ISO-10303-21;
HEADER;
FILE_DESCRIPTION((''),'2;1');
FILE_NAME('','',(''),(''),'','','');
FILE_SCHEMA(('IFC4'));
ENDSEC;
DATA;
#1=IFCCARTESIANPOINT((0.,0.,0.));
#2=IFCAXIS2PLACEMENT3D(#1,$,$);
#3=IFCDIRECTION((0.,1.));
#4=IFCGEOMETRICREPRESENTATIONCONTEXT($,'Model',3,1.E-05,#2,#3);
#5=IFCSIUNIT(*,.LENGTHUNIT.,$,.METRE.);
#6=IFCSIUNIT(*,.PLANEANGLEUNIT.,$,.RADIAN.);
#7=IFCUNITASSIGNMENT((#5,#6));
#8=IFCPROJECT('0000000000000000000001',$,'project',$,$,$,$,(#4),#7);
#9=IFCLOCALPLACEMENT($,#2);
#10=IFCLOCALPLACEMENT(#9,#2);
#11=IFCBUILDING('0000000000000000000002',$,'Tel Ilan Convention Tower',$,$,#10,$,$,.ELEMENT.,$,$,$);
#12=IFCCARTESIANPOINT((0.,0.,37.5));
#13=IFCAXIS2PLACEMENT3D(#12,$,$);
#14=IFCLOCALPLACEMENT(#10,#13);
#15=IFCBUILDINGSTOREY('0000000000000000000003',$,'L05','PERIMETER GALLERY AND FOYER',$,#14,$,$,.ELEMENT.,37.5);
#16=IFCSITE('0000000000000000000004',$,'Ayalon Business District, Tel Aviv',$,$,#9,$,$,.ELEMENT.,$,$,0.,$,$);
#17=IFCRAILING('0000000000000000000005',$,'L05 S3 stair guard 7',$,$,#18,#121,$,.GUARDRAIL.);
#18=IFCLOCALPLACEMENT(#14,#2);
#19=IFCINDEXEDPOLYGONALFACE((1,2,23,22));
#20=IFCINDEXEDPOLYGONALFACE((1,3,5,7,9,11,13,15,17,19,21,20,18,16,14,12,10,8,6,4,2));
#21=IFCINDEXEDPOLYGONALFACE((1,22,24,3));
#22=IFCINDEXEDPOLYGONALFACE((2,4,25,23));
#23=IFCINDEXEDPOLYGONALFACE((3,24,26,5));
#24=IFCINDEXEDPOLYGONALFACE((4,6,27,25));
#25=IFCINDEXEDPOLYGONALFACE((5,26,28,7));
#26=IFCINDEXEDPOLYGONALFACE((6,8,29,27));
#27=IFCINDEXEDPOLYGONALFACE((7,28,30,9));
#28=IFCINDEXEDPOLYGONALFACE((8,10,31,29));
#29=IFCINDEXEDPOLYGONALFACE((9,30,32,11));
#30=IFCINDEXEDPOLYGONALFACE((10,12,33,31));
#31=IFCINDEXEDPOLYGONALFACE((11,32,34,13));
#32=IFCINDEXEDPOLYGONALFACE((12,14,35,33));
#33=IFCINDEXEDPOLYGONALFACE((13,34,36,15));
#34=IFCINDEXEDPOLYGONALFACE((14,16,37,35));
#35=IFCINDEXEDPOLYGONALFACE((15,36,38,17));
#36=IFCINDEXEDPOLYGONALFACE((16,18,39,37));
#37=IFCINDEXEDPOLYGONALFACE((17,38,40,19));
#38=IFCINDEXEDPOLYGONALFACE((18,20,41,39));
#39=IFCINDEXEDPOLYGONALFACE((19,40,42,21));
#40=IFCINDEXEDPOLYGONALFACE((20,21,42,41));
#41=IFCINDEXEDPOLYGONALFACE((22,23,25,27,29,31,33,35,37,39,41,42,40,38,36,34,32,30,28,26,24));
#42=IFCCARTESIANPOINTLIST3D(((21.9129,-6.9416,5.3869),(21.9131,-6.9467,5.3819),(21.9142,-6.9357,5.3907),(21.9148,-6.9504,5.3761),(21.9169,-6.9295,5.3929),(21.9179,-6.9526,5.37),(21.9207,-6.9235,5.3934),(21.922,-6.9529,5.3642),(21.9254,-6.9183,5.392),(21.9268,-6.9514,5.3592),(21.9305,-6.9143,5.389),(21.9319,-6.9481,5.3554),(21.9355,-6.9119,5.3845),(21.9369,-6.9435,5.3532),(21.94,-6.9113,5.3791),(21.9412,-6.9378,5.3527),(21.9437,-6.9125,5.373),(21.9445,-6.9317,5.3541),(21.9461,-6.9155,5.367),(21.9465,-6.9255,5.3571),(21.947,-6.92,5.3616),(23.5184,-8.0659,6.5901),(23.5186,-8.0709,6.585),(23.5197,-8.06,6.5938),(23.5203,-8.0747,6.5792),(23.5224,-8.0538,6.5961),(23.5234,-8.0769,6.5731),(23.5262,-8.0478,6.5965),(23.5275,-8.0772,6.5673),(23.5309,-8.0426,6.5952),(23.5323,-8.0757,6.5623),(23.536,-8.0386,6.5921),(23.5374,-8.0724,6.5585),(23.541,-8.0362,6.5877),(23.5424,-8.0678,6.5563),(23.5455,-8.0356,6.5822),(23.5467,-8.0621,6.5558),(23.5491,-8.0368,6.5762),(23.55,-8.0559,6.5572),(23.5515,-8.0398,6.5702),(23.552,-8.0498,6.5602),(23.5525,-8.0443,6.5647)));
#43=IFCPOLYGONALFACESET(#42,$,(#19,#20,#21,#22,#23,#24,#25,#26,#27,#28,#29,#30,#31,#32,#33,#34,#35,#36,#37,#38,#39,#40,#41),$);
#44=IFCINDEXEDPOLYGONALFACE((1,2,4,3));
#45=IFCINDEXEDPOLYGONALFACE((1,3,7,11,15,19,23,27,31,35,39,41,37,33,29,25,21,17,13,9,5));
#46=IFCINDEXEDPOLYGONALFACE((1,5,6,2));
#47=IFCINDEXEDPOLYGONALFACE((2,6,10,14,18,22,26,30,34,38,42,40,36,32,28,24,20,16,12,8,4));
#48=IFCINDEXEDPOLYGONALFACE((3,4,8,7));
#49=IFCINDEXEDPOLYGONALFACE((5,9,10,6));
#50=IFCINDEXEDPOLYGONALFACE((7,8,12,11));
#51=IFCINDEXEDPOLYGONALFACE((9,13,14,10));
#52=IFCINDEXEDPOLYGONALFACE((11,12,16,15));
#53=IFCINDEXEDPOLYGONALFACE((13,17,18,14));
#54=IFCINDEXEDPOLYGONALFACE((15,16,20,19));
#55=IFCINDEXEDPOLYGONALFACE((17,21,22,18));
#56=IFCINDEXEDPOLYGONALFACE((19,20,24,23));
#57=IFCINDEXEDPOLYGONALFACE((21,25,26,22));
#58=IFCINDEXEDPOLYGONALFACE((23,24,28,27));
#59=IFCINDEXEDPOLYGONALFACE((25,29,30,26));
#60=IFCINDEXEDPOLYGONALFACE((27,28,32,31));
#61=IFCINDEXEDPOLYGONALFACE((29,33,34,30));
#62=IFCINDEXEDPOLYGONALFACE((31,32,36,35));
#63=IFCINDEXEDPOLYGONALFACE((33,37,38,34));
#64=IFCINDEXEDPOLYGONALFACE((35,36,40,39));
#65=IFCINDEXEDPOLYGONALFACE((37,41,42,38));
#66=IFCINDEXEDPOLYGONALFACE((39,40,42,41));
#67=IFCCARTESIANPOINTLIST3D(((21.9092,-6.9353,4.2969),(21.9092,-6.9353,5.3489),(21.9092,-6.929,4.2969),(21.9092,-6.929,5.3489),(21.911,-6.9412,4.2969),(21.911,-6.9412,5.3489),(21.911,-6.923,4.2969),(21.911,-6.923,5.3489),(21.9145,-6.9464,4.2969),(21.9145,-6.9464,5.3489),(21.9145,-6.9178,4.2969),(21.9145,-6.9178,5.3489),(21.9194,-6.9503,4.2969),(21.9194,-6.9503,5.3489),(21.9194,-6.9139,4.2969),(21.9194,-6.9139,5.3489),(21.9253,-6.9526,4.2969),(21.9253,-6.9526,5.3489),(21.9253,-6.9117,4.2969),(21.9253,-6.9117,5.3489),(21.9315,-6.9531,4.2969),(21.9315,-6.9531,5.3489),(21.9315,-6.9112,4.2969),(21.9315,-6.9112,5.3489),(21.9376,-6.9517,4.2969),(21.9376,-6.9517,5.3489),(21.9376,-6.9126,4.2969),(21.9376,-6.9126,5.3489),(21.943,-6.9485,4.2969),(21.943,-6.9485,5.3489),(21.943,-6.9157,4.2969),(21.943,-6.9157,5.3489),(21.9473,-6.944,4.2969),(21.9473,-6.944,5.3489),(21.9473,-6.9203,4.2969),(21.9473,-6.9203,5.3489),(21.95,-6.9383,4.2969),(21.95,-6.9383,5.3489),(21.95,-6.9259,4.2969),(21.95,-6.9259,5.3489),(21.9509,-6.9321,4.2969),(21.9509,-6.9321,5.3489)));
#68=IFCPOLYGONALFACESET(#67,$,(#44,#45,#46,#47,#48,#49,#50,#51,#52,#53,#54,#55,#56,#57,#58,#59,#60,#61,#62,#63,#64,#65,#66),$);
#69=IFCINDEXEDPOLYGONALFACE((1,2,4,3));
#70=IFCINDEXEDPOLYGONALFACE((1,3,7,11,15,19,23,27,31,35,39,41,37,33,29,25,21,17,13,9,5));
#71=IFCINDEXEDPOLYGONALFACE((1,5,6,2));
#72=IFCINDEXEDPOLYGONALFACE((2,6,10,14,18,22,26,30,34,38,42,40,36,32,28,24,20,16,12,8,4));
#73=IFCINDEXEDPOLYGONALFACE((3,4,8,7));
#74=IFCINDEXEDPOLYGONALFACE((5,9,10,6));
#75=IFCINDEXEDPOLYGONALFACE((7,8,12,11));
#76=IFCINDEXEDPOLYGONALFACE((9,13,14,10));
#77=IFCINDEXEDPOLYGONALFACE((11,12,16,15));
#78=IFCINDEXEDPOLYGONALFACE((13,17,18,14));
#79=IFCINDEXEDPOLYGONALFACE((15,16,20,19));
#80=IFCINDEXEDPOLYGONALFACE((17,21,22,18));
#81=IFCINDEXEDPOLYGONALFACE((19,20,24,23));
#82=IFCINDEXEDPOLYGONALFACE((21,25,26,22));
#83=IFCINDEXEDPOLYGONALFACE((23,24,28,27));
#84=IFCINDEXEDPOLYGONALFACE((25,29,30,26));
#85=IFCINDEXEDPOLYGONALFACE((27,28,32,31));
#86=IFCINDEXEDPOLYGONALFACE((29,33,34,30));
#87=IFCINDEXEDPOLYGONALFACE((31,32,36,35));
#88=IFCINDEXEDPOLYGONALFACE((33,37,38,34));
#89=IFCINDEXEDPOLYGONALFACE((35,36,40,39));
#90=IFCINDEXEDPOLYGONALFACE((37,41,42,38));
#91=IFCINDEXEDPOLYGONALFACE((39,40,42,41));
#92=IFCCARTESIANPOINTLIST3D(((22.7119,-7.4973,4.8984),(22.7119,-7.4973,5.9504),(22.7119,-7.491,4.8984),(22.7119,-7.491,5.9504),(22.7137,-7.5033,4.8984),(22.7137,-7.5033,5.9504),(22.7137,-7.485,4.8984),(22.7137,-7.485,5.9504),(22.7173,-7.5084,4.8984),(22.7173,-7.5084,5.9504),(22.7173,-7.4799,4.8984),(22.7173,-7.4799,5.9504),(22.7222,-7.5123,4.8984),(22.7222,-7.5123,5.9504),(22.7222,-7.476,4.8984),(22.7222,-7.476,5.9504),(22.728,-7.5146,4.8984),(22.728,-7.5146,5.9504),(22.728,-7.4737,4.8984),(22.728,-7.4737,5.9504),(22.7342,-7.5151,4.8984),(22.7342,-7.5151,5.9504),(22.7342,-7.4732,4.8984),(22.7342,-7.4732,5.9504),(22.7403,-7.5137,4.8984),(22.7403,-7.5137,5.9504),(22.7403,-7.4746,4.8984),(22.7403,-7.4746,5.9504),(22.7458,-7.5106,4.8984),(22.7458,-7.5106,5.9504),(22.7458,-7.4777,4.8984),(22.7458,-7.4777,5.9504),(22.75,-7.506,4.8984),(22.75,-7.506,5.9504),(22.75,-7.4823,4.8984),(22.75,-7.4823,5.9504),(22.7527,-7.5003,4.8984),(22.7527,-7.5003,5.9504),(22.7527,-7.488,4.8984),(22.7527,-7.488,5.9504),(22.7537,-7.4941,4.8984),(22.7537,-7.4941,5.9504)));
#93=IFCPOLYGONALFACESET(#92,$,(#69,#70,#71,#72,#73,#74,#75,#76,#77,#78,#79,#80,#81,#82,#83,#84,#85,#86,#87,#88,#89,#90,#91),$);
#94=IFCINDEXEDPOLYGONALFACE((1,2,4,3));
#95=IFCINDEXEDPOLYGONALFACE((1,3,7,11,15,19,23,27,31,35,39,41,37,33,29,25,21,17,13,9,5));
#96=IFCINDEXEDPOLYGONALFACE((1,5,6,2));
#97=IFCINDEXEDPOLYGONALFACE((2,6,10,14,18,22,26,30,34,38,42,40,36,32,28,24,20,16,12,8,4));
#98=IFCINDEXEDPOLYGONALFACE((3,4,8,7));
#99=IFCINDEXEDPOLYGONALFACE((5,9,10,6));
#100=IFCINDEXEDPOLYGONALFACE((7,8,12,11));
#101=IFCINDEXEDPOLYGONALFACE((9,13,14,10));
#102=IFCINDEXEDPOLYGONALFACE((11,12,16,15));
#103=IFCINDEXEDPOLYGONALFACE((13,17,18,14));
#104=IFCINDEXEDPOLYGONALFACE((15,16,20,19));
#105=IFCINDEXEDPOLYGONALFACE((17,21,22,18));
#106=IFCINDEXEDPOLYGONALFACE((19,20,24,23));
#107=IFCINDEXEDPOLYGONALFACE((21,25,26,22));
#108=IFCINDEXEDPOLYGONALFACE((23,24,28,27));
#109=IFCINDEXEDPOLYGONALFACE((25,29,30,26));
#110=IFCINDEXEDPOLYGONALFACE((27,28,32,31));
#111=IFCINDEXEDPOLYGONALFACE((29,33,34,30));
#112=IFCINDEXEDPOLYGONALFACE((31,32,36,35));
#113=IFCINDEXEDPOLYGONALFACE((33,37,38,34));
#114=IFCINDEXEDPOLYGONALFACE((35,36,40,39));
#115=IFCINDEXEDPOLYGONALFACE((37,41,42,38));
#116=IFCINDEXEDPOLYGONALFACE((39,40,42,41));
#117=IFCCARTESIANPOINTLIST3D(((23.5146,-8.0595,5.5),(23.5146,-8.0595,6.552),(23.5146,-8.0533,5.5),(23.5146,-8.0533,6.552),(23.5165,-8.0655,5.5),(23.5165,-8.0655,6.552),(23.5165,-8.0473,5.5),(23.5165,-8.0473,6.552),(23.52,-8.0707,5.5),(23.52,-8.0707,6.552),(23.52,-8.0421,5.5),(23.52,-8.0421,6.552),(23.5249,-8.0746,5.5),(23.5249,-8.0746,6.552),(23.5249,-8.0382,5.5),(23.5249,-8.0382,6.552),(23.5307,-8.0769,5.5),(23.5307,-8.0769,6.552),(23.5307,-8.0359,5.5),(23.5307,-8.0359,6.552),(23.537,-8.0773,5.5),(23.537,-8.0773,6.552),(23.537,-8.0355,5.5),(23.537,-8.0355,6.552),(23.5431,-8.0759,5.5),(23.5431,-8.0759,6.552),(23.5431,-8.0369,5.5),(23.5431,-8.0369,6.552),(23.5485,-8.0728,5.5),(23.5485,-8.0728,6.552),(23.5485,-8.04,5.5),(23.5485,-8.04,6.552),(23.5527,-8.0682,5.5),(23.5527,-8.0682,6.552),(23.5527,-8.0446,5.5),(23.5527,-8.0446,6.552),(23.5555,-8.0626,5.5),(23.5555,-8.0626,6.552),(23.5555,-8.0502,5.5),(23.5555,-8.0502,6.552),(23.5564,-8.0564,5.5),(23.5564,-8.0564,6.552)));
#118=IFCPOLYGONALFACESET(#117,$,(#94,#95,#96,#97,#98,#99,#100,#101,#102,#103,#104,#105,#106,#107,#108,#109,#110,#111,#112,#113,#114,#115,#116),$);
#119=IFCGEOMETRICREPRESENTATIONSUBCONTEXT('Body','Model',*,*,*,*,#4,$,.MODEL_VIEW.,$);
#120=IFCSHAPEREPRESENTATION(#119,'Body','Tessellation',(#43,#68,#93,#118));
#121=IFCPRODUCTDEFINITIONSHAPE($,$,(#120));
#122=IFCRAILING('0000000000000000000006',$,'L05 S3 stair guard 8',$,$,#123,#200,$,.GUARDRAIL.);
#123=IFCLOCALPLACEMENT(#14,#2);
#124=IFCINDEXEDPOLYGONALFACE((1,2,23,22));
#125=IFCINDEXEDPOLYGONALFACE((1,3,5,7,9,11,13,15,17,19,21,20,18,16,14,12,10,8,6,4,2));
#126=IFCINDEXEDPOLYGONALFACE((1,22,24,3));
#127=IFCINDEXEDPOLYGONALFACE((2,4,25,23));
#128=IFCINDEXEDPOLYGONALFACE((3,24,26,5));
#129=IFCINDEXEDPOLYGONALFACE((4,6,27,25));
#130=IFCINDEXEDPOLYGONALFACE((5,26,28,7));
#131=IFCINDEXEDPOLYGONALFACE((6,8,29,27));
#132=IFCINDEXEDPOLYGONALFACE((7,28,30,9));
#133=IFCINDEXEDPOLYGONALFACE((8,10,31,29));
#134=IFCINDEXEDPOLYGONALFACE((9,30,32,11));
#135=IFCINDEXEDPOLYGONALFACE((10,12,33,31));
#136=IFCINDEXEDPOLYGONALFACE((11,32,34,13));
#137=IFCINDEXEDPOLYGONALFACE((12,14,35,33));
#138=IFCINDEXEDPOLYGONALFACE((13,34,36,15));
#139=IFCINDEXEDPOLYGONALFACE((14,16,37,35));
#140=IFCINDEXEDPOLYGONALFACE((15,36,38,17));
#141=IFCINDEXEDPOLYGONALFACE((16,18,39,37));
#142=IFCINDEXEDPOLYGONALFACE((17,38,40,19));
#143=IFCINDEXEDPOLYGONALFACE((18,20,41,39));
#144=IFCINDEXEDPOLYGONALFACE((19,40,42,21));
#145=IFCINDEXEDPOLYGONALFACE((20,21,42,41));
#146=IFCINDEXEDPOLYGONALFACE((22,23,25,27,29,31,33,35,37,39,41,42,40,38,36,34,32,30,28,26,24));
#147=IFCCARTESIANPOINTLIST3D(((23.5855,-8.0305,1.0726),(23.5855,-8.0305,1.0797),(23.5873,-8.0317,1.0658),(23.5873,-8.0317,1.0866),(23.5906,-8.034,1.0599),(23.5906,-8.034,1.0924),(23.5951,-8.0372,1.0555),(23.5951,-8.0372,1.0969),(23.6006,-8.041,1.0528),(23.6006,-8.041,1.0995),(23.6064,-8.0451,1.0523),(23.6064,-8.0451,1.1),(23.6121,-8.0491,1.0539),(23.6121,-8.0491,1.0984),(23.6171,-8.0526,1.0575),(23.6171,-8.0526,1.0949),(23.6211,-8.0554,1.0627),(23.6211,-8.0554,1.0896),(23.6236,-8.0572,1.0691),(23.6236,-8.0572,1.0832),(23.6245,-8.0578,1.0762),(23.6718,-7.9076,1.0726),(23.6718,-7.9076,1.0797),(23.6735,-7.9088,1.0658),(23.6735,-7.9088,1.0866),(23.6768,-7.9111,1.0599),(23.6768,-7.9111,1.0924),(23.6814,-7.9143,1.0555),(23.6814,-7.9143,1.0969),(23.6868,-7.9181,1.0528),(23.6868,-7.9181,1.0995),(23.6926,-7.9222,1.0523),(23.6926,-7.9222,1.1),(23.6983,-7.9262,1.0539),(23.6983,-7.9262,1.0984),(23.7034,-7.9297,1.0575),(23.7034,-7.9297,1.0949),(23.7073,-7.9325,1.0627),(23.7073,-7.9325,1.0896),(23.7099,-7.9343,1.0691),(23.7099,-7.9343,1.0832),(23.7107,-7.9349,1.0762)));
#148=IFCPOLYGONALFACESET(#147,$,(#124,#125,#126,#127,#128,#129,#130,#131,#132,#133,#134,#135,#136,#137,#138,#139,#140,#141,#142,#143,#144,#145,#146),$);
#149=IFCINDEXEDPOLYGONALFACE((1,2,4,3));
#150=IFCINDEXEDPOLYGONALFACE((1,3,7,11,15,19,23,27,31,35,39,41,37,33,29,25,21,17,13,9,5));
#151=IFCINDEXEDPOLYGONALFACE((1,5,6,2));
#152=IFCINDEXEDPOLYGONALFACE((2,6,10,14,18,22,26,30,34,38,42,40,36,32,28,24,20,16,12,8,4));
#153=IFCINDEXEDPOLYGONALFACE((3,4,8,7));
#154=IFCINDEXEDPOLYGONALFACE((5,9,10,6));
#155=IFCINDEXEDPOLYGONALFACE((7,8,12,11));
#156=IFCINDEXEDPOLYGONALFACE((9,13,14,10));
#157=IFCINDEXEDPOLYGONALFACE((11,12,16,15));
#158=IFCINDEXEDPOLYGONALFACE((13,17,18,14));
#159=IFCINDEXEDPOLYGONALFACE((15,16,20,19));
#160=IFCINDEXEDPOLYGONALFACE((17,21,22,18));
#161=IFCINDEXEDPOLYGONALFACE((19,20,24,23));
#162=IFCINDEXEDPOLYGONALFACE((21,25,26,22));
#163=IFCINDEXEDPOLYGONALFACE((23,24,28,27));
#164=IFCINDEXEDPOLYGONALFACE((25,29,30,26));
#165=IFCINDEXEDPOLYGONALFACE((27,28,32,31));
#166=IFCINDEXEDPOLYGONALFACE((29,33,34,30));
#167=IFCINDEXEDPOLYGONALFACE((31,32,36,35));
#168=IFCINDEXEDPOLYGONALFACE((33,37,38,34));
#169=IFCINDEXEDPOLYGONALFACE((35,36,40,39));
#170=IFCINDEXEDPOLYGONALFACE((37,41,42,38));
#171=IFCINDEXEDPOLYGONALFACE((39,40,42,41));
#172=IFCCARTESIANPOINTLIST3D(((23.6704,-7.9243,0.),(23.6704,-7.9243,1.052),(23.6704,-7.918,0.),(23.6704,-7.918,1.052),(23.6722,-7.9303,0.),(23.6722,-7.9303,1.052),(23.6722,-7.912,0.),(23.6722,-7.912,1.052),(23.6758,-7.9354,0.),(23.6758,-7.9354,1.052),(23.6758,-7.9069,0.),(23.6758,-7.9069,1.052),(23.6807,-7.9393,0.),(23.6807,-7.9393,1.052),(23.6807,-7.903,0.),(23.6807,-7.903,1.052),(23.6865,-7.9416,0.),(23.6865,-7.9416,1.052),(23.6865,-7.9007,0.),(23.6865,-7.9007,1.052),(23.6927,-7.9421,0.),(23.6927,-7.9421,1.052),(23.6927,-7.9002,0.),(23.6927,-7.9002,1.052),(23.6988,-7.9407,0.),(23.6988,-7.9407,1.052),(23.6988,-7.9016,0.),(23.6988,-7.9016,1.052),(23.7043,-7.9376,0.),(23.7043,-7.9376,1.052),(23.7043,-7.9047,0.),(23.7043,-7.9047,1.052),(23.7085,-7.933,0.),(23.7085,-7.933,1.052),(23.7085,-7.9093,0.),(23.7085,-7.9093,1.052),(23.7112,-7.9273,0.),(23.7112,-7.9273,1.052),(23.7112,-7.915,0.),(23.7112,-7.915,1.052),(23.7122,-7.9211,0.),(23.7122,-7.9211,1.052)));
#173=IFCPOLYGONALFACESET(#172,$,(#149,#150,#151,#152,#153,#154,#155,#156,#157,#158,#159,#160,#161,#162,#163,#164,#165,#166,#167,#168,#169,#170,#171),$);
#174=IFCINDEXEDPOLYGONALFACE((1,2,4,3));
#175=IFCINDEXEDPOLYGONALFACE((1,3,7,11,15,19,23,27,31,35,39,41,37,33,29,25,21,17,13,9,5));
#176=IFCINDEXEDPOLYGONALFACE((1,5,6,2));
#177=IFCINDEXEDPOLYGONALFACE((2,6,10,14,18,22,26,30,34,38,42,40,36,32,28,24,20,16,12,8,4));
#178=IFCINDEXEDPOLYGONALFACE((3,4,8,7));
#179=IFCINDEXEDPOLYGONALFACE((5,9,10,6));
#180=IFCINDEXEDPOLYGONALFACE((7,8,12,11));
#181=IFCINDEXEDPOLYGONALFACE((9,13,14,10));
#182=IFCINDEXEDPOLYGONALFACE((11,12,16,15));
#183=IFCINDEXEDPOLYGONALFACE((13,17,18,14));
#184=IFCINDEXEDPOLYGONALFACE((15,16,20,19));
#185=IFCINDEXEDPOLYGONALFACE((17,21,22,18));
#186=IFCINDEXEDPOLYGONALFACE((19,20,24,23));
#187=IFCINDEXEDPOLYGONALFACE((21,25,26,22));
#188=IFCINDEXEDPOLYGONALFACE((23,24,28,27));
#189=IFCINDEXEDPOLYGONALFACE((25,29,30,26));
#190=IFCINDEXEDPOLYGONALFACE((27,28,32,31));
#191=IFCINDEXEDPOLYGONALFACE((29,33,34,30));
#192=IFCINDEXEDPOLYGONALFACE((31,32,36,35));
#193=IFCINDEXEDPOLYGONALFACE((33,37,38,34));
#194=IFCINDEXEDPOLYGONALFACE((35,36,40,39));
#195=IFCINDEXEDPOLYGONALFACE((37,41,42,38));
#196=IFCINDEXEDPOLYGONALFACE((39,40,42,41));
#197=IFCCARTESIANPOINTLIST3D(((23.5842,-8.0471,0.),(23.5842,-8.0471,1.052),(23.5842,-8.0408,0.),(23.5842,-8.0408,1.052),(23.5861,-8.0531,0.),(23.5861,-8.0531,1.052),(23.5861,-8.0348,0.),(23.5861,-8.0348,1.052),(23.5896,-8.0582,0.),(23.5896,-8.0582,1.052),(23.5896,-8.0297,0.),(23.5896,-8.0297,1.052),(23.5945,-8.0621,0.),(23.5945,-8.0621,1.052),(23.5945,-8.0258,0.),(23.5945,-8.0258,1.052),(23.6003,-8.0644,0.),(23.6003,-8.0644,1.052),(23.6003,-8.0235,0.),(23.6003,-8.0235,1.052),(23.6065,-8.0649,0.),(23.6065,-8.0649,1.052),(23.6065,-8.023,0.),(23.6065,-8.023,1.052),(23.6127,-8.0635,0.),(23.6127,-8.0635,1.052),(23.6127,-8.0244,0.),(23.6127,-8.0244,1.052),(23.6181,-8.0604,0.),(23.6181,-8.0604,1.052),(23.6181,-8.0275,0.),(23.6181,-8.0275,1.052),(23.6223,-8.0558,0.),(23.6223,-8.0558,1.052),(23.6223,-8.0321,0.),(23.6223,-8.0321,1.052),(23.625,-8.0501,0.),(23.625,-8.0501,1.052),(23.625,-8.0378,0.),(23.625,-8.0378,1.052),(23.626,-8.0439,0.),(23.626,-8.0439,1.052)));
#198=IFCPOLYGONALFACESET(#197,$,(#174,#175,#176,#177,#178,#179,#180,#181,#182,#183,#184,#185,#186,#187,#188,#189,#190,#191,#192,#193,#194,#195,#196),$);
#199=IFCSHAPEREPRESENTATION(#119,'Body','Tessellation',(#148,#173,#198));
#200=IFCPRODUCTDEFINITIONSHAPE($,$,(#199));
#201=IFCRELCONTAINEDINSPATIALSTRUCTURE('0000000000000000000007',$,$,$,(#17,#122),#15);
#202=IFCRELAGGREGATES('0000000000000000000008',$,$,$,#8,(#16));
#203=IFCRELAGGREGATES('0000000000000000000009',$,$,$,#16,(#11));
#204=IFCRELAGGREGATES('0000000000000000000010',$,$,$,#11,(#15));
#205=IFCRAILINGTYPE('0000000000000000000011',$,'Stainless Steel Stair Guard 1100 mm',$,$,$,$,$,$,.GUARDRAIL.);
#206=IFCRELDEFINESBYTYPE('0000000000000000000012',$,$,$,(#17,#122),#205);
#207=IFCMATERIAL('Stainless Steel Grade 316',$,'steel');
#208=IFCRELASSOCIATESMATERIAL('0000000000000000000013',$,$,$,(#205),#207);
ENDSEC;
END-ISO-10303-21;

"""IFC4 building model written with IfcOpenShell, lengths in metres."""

from ifc_helpers import new_model, si_unit, direction, frame, origin, origin_2d, place, context, subcontext, project, spatial, circle, extrude, material, type_object, element, save


model = new_model("IFC4")

# Units and contexts
model_context = context("Model", 3, precision=1e-05, world=origin(), true_north=direction((0.0, 1.0)))
body_context = subcontext(model_context, "Body", "Model", "MODEL_VIEW")
ifc_project = project(units=[si_unit("LENGTHUNIT", "METRE"), si_unit("PLANEANGLEUNIT", "RADIAN")], contexts=[model_context])

# Site, building, storey
site_placement = place(None, origin())
site = spatial("IfcSite", under=ifc_project, at=site_placement, Name="Ayalon Business District, Tel Aviv", CompositionType="ELEMENT", RefElevation=0.0)
building_placement = place(site_placement, origin())
building = spatial("IfcBuilding", under=site, at=building_placement, Name="Tel Ilan Convention Tower", CompositionType="ELEMENT")
storey_placement = place(building_placement, frame((0.0, 0.0, 37.5)))
storey = spatial("IfcBuildingStorey", under=building, at=storey_placement, Name="L05", Description="PERIMETER GALLERY AND FOYER", CompositionType="ELEMENT", Elevation=37.5)

# Railings
ifc_material_1 = material(Name="Stainless Steel Grade 316", Category="steel")
railing_type_1 = type_object("IfcRailingType", Name="Stainless Steel Stair Guard 1100 mm", PredefinedType="GUARDRAIL", material=ifc_material_1)
railing_1_placement = place(storey_placement, frame((21.9299, -6.9321, 4.2969)))
element("IfcRailing", 1, at=railing_1_placement, inside=storey, type_object=railing_type_1, Name="L05 S3 stair guard 7", PredefinedType="GUARDRAIL", context=body_context, shape_type="SweptSolid", body=[
    extrude(circle(Radius=0.0239, at=origin_2d()), frame((0.0, 0.0, 1.0762), z_axis=(0.698095, -0.488857, 0.523146), x_axis=(0.573613, 0.819127, 0.0)), (0.0, 0.0, 1.0), 2.2998),
    extrude(circle(Radius=0.021, at=origin_2d()), origin(), (0.0, 0.0, 1.0), 1.052),
    extrude(circle(Radius=0.021, at=origin_2d()), frame((0.8027, -0.562, 0.6016)), (0.0, 0.0, 1.0), 1.052),
    extrude(circle(Radius=0.021, at=origin_2d()), frame((1.6055, -1.1243, 1.2031)), (0.0, 0.0, 1.0), 1.052),
])
railing_2_placement = place(storey_placement, frame((23.6912, -7.9211, 0.0)))
element("IfcRailing", 2, at=railing_2_placement, inside=storey, type_object=railing_type_1, Name="L05 S3 stair guard 8", PredefinedType="GUARDRAIL", context=body_context, shape_type="SweptSolid", body=[
    extrude(circle(Radius=0.0239, at=origin_2d()), frame((0.0, 0.0, 1.0762), z_axis=(-0.574445, -0.818543, 0.0), x_axis=(0.818543, -0.574445, 0.0)), (0.0, 0.0, 1.0), 0.1501),
    extrude(circle(Radius=0.021, at=origin_2d()), origin(), (0.0, 0.0, 1.0), 1.052),
    extrude(circle(Radius=0.021, at=origin_2d()), frame((-0.0862, -0.1228, 0.0)), (0.0, 0.0, 1.0), 1.052),
])

save(model, "model.ifc")
